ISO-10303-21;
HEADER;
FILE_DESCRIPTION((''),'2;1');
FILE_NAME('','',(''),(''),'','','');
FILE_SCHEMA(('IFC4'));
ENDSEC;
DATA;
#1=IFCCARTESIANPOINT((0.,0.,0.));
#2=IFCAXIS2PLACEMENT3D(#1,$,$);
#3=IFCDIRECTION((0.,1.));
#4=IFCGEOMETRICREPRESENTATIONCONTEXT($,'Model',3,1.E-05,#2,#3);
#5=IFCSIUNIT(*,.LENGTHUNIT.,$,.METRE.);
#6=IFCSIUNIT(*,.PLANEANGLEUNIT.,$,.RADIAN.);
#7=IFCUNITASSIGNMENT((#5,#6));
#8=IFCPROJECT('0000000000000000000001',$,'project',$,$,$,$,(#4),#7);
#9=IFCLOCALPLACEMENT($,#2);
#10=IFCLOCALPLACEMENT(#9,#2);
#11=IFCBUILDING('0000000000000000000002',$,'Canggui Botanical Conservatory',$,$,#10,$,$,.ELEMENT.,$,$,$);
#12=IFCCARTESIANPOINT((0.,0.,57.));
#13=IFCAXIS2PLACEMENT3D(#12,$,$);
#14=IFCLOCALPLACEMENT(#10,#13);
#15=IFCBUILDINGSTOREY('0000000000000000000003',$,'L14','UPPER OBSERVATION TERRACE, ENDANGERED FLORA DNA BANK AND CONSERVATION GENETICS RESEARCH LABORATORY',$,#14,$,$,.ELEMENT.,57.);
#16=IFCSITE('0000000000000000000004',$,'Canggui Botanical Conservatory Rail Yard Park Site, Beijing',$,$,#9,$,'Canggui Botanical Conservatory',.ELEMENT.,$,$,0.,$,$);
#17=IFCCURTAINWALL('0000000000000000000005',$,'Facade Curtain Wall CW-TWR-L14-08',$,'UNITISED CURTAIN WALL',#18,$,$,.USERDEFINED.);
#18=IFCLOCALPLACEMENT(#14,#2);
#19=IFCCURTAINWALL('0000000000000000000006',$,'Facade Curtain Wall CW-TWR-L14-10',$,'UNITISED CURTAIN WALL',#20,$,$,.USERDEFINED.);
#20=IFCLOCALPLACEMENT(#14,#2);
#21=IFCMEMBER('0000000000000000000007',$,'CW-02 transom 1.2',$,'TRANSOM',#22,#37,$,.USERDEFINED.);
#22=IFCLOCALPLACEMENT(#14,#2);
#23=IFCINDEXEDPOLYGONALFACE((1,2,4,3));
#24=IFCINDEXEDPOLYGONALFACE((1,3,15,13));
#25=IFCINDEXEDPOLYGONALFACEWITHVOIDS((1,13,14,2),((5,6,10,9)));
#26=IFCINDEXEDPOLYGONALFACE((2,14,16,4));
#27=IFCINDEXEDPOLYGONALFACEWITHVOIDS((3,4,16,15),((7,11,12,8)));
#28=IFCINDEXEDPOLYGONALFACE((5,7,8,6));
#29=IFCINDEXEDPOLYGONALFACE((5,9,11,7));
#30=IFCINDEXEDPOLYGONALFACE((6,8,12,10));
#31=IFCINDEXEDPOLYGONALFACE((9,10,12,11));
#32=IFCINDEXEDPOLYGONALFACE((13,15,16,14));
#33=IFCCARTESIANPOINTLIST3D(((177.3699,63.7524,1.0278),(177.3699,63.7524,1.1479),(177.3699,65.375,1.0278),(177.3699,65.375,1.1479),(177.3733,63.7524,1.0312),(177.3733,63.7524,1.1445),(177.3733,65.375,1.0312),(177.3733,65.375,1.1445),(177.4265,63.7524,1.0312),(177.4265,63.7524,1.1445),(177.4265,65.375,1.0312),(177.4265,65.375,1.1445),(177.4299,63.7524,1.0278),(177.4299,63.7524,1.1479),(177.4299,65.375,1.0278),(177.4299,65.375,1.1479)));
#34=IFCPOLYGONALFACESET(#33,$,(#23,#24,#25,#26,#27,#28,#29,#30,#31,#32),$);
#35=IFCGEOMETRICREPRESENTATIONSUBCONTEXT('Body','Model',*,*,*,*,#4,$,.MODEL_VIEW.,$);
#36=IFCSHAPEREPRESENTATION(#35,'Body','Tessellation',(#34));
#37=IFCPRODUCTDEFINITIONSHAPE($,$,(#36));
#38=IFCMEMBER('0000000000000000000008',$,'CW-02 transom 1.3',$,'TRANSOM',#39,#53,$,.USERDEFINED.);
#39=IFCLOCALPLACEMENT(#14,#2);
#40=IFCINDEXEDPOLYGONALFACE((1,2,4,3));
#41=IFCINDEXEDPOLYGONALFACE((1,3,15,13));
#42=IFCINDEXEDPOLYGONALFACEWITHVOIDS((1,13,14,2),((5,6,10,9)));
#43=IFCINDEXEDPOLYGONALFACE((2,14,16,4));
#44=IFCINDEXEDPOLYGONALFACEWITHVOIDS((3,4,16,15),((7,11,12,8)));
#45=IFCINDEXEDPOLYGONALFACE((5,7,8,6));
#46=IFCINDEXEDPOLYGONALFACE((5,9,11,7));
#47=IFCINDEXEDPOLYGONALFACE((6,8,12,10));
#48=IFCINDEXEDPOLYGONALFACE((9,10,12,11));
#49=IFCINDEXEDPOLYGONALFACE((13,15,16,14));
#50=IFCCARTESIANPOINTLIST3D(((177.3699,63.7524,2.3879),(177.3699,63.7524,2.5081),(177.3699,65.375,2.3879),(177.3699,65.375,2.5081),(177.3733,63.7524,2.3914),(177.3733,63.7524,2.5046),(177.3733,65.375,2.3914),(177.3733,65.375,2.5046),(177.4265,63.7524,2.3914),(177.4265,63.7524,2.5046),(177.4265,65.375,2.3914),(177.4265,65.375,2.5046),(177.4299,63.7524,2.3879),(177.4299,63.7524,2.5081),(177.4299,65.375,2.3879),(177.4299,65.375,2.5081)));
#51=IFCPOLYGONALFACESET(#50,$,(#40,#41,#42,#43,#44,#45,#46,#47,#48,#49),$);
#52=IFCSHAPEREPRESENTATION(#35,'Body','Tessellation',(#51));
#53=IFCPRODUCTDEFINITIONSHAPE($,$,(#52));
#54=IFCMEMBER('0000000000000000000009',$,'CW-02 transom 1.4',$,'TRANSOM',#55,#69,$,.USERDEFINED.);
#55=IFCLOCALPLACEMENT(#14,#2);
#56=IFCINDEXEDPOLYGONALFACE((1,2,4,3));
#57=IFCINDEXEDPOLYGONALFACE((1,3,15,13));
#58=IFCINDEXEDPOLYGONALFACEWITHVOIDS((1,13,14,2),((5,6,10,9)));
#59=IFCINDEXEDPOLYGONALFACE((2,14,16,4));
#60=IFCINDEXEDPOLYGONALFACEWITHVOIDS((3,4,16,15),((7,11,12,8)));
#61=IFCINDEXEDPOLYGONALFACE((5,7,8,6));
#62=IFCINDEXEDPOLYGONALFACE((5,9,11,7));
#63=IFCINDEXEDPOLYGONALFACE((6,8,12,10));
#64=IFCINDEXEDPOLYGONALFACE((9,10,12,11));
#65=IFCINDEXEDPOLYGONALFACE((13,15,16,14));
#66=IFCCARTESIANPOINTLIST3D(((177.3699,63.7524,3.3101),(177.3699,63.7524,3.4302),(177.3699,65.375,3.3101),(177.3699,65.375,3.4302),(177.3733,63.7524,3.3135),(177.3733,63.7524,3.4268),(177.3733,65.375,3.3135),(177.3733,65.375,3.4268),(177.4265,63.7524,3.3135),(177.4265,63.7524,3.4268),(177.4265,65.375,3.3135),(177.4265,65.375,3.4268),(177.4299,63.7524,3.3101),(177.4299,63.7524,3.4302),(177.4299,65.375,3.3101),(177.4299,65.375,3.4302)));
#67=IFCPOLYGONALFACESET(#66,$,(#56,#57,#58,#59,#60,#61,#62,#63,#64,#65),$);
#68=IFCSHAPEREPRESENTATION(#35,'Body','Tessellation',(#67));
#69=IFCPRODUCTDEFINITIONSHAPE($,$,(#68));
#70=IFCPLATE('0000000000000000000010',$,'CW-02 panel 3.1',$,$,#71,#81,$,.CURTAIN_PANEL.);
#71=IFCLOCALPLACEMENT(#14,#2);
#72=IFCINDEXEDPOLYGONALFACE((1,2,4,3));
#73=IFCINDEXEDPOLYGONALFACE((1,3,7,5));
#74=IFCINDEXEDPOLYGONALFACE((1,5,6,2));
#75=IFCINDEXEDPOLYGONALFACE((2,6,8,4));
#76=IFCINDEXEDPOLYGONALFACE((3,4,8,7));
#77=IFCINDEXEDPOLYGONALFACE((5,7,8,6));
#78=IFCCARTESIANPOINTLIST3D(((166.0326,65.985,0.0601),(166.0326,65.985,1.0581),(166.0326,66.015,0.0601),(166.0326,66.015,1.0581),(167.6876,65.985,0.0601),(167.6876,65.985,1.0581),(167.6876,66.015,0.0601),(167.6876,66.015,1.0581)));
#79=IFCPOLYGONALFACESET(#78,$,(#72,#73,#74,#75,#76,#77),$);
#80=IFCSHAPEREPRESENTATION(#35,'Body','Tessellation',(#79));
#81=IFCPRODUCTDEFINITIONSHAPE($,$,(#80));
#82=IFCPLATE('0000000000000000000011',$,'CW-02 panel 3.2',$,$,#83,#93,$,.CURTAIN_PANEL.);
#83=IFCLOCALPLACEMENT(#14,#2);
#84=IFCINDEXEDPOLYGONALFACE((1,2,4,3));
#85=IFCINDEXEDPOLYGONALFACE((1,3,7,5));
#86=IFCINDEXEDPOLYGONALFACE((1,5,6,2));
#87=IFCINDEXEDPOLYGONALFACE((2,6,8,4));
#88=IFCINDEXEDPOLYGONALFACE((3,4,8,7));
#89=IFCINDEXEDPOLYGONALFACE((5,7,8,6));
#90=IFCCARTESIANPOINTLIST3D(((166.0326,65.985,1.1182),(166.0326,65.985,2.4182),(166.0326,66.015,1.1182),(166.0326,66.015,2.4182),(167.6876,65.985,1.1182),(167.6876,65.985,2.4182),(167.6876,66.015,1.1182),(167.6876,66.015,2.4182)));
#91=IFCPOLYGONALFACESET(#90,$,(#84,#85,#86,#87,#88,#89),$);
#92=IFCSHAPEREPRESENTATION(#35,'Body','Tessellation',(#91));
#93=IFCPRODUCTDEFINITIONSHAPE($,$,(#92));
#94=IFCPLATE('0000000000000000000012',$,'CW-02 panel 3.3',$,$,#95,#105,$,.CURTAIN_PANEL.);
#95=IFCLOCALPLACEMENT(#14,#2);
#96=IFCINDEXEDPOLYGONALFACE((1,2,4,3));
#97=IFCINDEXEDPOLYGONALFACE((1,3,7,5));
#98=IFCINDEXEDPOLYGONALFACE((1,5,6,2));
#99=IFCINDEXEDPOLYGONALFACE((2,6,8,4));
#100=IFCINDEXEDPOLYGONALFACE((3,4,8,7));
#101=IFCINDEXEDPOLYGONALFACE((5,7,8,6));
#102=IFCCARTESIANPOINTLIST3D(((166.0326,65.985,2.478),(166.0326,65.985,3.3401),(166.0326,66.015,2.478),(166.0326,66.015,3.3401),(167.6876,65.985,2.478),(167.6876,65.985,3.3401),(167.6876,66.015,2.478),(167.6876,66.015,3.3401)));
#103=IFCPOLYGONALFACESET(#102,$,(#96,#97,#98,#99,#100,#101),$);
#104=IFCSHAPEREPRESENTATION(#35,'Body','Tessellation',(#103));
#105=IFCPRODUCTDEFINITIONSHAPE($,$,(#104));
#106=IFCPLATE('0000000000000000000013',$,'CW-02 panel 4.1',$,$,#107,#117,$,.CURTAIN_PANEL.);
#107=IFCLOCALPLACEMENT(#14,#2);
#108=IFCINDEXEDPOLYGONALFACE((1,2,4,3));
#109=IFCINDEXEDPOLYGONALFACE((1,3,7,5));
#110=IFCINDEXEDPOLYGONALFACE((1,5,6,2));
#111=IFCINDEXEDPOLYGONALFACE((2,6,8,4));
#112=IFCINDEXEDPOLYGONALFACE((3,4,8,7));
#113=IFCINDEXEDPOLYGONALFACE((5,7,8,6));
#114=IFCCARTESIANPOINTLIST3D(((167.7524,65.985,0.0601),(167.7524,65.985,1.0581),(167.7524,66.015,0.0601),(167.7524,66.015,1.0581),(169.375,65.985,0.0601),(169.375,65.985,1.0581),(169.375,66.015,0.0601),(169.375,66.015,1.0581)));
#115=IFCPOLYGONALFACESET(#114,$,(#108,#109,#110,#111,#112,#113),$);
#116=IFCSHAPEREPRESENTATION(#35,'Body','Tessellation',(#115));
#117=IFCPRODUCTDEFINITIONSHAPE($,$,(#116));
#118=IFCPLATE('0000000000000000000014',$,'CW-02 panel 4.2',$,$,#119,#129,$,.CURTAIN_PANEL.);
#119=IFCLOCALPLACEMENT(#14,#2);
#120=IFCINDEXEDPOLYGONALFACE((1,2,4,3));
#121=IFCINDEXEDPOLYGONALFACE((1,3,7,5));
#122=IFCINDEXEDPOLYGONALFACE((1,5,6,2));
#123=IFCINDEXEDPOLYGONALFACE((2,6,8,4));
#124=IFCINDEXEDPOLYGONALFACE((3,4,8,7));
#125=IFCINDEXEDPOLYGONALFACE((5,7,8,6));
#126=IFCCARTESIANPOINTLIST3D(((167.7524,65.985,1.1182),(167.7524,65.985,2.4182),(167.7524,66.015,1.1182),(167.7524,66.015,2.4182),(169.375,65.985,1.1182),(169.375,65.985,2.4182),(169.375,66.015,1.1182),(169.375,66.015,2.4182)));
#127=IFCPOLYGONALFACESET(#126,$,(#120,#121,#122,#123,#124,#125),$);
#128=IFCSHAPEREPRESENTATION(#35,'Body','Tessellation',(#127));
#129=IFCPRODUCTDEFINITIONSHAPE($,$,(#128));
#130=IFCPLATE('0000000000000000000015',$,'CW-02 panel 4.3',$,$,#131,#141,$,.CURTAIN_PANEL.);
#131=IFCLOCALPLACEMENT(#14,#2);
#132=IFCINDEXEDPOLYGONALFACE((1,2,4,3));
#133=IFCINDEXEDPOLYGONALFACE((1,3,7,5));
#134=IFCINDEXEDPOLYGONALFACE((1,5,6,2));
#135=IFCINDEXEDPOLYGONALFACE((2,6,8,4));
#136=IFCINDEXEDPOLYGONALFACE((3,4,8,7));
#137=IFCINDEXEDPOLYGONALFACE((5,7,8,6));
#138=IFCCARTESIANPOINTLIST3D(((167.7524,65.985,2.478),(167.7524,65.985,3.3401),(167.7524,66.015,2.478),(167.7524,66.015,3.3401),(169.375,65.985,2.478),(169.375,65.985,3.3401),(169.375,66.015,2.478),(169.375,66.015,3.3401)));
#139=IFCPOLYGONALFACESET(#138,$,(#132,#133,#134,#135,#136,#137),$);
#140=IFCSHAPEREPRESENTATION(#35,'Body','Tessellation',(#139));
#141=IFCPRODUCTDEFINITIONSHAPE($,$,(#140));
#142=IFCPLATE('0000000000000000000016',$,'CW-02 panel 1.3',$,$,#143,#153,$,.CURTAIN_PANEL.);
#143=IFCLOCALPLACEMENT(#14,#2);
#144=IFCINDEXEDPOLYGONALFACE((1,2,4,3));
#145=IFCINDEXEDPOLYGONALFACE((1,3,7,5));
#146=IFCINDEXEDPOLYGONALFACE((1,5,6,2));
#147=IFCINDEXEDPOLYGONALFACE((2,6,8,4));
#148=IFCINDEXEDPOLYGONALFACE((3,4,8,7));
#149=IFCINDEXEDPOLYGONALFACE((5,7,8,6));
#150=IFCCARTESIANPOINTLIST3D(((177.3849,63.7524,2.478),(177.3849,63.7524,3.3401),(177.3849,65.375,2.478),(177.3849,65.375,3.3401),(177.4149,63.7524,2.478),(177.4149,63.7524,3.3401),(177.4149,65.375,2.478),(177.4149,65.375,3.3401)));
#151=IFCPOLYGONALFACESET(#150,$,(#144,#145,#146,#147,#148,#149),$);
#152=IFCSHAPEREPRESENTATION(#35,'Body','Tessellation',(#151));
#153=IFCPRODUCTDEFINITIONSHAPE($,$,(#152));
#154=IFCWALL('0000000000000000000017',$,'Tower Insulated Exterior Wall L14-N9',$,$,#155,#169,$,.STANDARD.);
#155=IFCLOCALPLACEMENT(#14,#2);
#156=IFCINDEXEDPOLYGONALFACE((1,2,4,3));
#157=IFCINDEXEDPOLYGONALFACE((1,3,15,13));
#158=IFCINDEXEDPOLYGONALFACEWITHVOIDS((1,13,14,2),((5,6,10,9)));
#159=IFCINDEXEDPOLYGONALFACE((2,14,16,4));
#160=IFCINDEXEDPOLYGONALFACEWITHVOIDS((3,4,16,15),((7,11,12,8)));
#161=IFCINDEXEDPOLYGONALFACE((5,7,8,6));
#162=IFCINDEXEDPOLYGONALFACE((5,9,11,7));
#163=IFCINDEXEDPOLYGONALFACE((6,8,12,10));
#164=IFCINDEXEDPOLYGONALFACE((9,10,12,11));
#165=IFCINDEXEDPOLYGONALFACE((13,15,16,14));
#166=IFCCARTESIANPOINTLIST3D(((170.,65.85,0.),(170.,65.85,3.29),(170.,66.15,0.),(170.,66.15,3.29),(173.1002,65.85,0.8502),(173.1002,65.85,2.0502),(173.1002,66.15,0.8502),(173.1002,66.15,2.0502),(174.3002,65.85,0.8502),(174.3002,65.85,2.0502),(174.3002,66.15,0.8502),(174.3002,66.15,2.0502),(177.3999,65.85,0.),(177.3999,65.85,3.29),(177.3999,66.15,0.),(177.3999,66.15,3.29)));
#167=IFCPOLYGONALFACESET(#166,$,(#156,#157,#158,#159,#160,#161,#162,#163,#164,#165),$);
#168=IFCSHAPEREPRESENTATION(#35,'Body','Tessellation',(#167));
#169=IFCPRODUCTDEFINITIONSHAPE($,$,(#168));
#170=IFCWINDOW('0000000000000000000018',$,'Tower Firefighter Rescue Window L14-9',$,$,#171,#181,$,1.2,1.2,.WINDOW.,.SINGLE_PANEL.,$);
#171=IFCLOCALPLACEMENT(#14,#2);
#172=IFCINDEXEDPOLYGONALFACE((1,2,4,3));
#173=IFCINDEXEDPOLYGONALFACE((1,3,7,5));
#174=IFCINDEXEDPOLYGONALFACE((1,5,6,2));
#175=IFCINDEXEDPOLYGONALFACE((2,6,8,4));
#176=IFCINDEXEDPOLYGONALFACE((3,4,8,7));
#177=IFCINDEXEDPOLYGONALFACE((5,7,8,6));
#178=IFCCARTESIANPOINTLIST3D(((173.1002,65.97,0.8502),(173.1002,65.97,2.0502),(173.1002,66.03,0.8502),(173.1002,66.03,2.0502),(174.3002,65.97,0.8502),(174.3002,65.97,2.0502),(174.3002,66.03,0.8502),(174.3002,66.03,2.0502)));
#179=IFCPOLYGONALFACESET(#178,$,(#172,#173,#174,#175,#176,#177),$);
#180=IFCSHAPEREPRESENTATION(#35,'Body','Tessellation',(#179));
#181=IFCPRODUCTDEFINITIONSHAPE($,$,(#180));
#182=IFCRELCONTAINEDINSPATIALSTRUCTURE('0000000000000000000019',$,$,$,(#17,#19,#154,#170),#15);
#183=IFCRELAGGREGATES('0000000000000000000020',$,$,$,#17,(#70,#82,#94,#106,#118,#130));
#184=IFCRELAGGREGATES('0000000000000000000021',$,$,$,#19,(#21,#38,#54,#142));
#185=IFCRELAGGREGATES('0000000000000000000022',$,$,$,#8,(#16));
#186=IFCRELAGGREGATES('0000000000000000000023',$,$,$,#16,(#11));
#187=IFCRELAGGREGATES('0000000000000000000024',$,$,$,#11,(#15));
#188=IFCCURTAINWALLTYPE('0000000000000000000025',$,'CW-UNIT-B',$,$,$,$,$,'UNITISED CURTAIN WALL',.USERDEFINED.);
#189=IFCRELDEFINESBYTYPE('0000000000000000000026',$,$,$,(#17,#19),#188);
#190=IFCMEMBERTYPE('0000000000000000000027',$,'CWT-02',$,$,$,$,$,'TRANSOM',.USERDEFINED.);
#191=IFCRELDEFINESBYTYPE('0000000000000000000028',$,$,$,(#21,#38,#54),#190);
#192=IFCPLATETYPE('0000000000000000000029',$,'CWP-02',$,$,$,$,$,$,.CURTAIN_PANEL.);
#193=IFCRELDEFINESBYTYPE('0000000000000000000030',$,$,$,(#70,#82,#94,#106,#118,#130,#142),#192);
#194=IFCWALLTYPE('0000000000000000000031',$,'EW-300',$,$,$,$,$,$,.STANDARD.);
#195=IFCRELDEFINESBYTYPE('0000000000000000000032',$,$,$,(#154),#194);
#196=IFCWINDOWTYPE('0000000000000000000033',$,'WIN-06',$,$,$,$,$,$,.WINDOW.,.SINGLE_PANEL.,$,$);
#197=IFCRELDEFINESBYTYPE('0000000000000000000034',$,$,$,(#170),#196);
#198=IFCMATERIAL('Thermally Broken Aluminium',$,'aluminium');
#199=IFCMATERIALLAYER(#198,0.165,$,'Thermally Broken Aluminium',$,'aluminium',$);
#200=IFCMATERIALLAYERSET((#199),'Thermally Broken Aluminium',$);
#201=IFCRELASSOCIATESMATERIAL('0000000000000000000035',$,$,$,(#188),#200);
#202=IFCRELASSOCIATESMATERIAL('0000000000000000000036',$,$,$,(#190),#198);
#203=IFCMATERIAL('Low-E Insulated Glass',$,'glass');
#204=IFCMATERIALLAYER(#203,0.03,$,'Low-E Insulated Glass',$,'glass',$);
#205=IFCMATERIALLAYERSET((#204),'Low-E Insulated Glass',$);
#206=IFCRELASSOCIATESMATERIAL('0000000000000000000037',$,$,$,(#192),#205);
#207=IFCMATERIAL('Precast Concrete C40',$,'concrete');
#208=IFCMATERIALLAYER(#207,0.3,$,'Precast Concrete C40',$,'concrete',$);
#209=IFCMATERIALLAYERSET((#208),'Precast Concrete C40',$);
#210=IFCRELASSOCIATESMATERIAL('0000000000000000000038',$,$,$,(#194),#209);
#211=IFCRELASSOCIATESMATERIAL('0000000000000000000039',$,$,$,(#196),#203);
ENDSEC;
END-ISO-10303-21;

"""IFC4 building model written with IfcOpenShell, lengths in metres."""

from ifc_helpers import new_model, si_unit, direction, frame, frame_2d, origin, origin_2d, place, context, subcontext, project, spatial, rectangle, hollow_rectangle, extrude, material, layer, layer_set, material_profile, profile_set, type_object, element, fill, aggregate, save


model = new_model("IFC4")

# Units and contexts
model_context = context("Model", 3, precision=1e-05, world=origin(), true_north=direction((0.0, 1.0)))
body_context = subcontext(model_context, "Body", "Model", "MODEL_VIEW")
ifc_project = project(units=[si_unit("LENGTHUNIT", "METRE"), si_unit("PLANEANGLEUNIT", "RADIAN")], contexts=[model_context])

# Site, building, storey
site_placement = place(None, origin())
site = spatial("IfcSite", under=ifc_project, at=site_placement, Name="Canggui Botanical Conservatory Rail Yard Park Site, Beijing", LongName="Canggui Botanical Conservatory", CompositionType="ELEMENT", RefElevation=0.0)
building_placement = place(site_placement, origin())
building = spatial("IfcBuilding", under=site, at=building_placement, Name="Canggui Botanical Conservatory", CompositionType="ELEMENT")
storey_placement = place(building_placement, frame((0.0, 0.0, 57.0)))
storey = spatial("IfcBuildingStorey", under=building, at=storey_placement, Name="L14", Description="UPPER OBSERVATION TERRACE, ENDANGERED FLORA DNA BANK AND CONSERVATION GENETICS RESEARCH LABORATORY", CompositionType="ELEMENT", Elevation=57.0)

# Curtain wall
ifc_material_1 = material(Name="Thermally Broken Aluminium", Category="aluminium")
ifc_layer_1 = layer(ifc_material_1, 0.165, Name="Thermally Broken Aluminium", Category="aluminium")
ifc_layer_set_1 = layer_set([ifc_layer_1], Name="Thermally Broken Aluminium")
curtain_wall_type = type_object("IfcCurtainWallType", Name="CW-UNIT-B", ElementType="UNITISED CURTAIN WALL", PredefinedType="USERDEFINED", material=ifc_layer_set_1)
curtain_wall_1_placement = place(storey_placement, origin())
curtain_wall_1 = element("IfcCurtainWall", 1, at=curtain_wall_1_placement, inside=storey, type_object=curtain_wall_type, Name="Facade Curtain Wall CW-TWR-L14-08", ObjectType="UNITISED CURTAIN WALL", PredefinedType="USERDEFINED")

# Curtain wall
curtain_wall_2_placement = place(storey_placement, origin())
curtain_wall_2 = element("IfcCurtainWall", 2, at=curtain_wall_2_placement, inside=storey, type_object=curtain_wall_type, Name="Facade Curtain Wall CW-TWR-L14-10", ObjectType="UNITISED CURTAIN WALL", PredefinedType="USERDEFINED")

# Members
ifc_material_profile_1 = material_profile(ifc_material_1, hollow_rectangle(XDim=0.0601, YDim=0.1201, WallThickness=0.0034, at=origin_2d()), Name="CWT 60x120x3.5")
ifc_profile_set_1 = profile_set([ifc_material_profile_1], Name="Thermally Broken Aluminium")
member_type_1 = type_object("IfcMemberType", Name="CWT-02", ElementType="TRANSOM", PredefinedType="USERDEFINED", material=ifc_profile_set_1)
member_1_placement = place(storey_placement, frame((177.3999, 65.375, 1.0879), z_axis=(0.0, -1.0, 0.0), x_axis=(1.0, 0.0, 0.0)))
member_1 = element("IfcMember", 3, at=member_1_placement, type_object=member_type_1, Name="CW-02 transom 1.2", ObjectType="TRANSOM", PredefinedType="USERDEFINED", context=body_context, shape_type="SweptSolid", body=[
    extrude(hollow_rectangle(XDim=0.0601, YDim=0.1201, WallThickness=0.0034, at=origin_2d()), origin(), (0.0, 0.0, 1.0), 1.6226),
])
member_2_placement = place(storey_placement, frame((177.3999, 65.375, 2.448), z_axis=(0.0, -1.0, 0.0), x_axis=(1.0, 0.0, 0.0)))
member_2 = element("IfcMember", 4, at=member_2_placement, type_object=member_type_1, Name="CW-02 transom 1.3", ObjectType="TRANSOM", PredefinedType="USERDEFINED", context=body_context, shape_type="SweptSolid", body=[
    extrude(hollow_rectangle(XDim=0.0601, YDim=0.1201, WallThickness=0.0034, at=origin_2d()), origin(), (0.0, 0.0, 1.0), 1.6226),
])
member_3_placement = place(storey_placement, frame((177.3999, 65.375, 3.3701), z_axis=(0.0, -1.0, 0.0), x_axis=(1.0, 0.0, 0.0)))
member_3 = element("IfcMember", 5, at=member_3_placement, type_object=member_type_1, Name="CW-02 transom 1.4", ObjectType="TRANSOM", PredefinedType="USERDEFINED", context=body_context, shape_type="SweptSolid", body=[
    extrude(hollow_rectangle(XDim=0.0601, YDim=0.1201, WallThickness=0.0034, at=origin_2d()), origin(), (0.0, 0.0, 1.0), 1.6226),
])

# Plates
ifc_material_2 = material(Name="Low-E Insulated Glass", Category="glass")
ifc_layer_2 = layer(ifc_material_2, 0.03, Name="Low-E Insulated Glass", Category="glass")
ifc_layer_set_2 = layer_set([ifc_layer_2], Name="Low-E Insulated Glass")
plate_type = type_object("IfcPlateType", Name="CWP-02", PredefinedType="CURTAIN_PANEL", material=ifc_layer_set_2)
plate_1_placement = place(storey_placement, frame((166.8601, 66.0, 0.0601), z_axis=(0.0, 0.0, 1.0), x_axis=(1.0, 0.0, 0.0)))
plate_1 = element("IfcPlate", 6, at=plate_1_placement, type_object=plate_type, Name="CW-02 panel 3.1", PredefinedType="CURTAIN_PANEL", context=body_context, shape_type="SweptSolid", body=[
    extrude(rectangle(XDim=1.655, YDim=0.03, at=origin_2d()), origin(), (0.0, 0.0, 1.0), 0.998),
])
plate_2_placement = place(storey_placement, frame((166.8601, 66.0, 1.1182), z_axis=(0.0, 0.0, 1.0), x_axis=(1.0, 0.0, 0.0)))
plate_2 = element("IfcPlate", 7, at=plate_2_placement, type_object=plate_type, Name="CW-02 panel 3.2", PredefinedType="CURTAIN_PANEL", context=body_context, shape_type="SweptSolid", body=[
    extrude(rectangle(XDim=1.655, YDim=0.03, at=origin_2d()), origin(), (0.0, 0.0, 1.0), 1.3),
])
plate_3_placement = place(storey_placement, frame((166.8601, 66.0, 2.478), z_axis=(0.0, 0.0, 1.0), x_axis=(1.0, 0.0, 0.0)))
plate_3 = element("IfcPlate", 8, at=plate_3_placement, type_object=plate_type, Name="CW-02 panel 3.3", PredefinedType="CURTAIN_PANEL", context=body_context, shape_type="SweptSolid", body=[
    extrude(rectangle(XDim=1.655, YDim=0.03, at=origin_2d()), origin(), (0.0, 0.0, 1.0), 0.8621),
])
plate_4_placement = place(storey_placement, frame((168.5637, 66.0, 0.0601), z_axis=(0.0, 0.0, 1.0), x_axis=(1.0, 0.0, 0.0)))
plate_4 = element("IfcPlate", 9, at=plate_4_placement, type_object=plate_type, Name="CW-02 panel 4.1", PredefinedType="CURTAIN_PANEL", context=body_context, shape_type="SweptSolid", body=[
    extrude(rectangle(XDim=1.6226, YDim=0.03, at=origin_2d()), origin(), (0.0, 0.0, 1.0), 0.998),
])
plate_5_placement = place(storey_placement, frame((168.5637, 66.0, 1.1182), z_axis=(0.0, 0.0, 1.0), x_axis=(1.0, 0.0, 0.0)))
plate_5 = element("IfcPlate", 10, at=plate_5_placement, type_object=plate_type, Name="CW-02 panel 4.2", PredefinedType="CURTAIN_PANEL", context=body_context, shape_type="SweptSolid", body=[
    extrude(rectangle(XDim=1.6226, YDim=0.03, at=origin_2d()), origin(), (0.0, 0.0, 1.0), 1.3),
])
plate_6_placement = place(storey_placement, frame((168.5637, 66.0, 2.478), z_axis=(0.0, 0.0, 1.0), x_axis=(1.0, 0.0, 0.0)))
plate_6 = element("IfcPlate", 11, at=plate_6_placement, type_object=plate_type, Name="CW-02 panel 4.3", PredefinedType="CURTAIN_PANEL", context=body_context, shape_type="SweptSolid", body=[
    extrude(rectangle(XDim=1.6226, YDim=0.03, at=origin_2d()), origin(), (0.0, 0.0, 1.0), 0.8621),
])
aggregate(curtain_wall_1, [plate_1, plate_2, plate_3, plate_4, plate_5, plate_6])
plate_7_placement = place(storey_placement, frame((177.3999, 64.5637, 2.478), z_axis=(0.0, 0.0, 1.0), x_axis=(0.0, -1.0, 0.0)))
plate_7 = element("IfcPlate", 12, at=plate_7_placement, type_object=plate_type, Name="CW-02 panel 1.3", PredefinedType="CURTAIN_PANEL", context=body_context, shape_type="SweptSolid", body=[
    extrude(rectangle(XDim=1.6226, YDim=0.03, at=origin_2d()), origin(), (0.0, 0.0, 1.0), 0.8621),
])
aggregate(curtain_wall_2, [member_1, member_2, member_3, plate_7])

# Wall, opening, window
ifc_material_3 = material(Name="Precast Concrete C40", Category="concrete")
ifc_layer_3 = layer(ifc_material_3, 0.3, Name="Precast Concrete C40", Category="concrete")
ifc_layer_set_3 = layer_set([ifc_layer_3], Name="Precast Concrete C40")
wall_type = type_object("IfcWallType", Name="EW-300", PredefinedType="STANDARD", material=ifc_layer_set_3)
wall_placement = place(storey_placement, frame((170.0, 66.0, 0.0), z_axis=(0.0, 0.0, 1.0), x_axis=(1.0, 0.0, 0.0)))
wall = element("IfcWall", 13, at=wall_placement, inside=storey, type_object=wall_type, Name="Tower Insulated Exterior Wall L14-N9", PredefinedType="STANDARD", context=body_context, shape_type="SweptSolid", body=[
    extrude(rectangle(XDim=7.3999, YDim=0.3, at=frame_2d((3.7, 0.0))), origin(), (0.0, 0.0, 1.0), 3.29),
])
opening_placement = place(wall_placement, frame((3.1001, 0.0, 0.8501)))
opening = element("IfcOpeningElement", 14, at=opening_placement, cuts=wall, PredefinedType="OPENING", context=body_context, shape_type="SweptSolid", body=[
    extrude(rectangle(XDim=1.2, YDim=1.2, at=frame_2d((0.6001, 0.6001))), frame((0.0, 0.1602, 0.0), z_axis=(0.0, -1.0, 0.0), x_axis=(1.0, 0.0, 0.0)), (0.0, 0.0, 1.0), 0.3201),
])
window_type = type_object("IfcWindowType", Name="WIN-06", PartitioningType="SINGLE_PANEL", PredefinedType="WINDOW", material=ifc_material_2)
window_placement = place(opening_placement, origin())
window = element("IfcWindow", 15, at=window_placement, inside=storey, type_object=window_type, Name="Tower Firefighter Rescue Window L14-9", OverallHeight=1.2, OverallWidth=1.2, PartitioningType="SINGLE_PANEL", PredefinedType="WINDOW", context=body_context, shape_type="SweptSolid", body=[
    extrude(rectangle(XDim=1.2, YDim=1.2, at=frame_2d((0.6001, 0.6001))), frame((0.0, 0.03, 0.0), z_axis=(0.0, -1.0, 0.0), x_axis=(1.0, 0.0, 0.0)), (0.0, 0.0, 1.0), 0.0601),
])
fill(opening, window)

save(model, "model.ifc")
